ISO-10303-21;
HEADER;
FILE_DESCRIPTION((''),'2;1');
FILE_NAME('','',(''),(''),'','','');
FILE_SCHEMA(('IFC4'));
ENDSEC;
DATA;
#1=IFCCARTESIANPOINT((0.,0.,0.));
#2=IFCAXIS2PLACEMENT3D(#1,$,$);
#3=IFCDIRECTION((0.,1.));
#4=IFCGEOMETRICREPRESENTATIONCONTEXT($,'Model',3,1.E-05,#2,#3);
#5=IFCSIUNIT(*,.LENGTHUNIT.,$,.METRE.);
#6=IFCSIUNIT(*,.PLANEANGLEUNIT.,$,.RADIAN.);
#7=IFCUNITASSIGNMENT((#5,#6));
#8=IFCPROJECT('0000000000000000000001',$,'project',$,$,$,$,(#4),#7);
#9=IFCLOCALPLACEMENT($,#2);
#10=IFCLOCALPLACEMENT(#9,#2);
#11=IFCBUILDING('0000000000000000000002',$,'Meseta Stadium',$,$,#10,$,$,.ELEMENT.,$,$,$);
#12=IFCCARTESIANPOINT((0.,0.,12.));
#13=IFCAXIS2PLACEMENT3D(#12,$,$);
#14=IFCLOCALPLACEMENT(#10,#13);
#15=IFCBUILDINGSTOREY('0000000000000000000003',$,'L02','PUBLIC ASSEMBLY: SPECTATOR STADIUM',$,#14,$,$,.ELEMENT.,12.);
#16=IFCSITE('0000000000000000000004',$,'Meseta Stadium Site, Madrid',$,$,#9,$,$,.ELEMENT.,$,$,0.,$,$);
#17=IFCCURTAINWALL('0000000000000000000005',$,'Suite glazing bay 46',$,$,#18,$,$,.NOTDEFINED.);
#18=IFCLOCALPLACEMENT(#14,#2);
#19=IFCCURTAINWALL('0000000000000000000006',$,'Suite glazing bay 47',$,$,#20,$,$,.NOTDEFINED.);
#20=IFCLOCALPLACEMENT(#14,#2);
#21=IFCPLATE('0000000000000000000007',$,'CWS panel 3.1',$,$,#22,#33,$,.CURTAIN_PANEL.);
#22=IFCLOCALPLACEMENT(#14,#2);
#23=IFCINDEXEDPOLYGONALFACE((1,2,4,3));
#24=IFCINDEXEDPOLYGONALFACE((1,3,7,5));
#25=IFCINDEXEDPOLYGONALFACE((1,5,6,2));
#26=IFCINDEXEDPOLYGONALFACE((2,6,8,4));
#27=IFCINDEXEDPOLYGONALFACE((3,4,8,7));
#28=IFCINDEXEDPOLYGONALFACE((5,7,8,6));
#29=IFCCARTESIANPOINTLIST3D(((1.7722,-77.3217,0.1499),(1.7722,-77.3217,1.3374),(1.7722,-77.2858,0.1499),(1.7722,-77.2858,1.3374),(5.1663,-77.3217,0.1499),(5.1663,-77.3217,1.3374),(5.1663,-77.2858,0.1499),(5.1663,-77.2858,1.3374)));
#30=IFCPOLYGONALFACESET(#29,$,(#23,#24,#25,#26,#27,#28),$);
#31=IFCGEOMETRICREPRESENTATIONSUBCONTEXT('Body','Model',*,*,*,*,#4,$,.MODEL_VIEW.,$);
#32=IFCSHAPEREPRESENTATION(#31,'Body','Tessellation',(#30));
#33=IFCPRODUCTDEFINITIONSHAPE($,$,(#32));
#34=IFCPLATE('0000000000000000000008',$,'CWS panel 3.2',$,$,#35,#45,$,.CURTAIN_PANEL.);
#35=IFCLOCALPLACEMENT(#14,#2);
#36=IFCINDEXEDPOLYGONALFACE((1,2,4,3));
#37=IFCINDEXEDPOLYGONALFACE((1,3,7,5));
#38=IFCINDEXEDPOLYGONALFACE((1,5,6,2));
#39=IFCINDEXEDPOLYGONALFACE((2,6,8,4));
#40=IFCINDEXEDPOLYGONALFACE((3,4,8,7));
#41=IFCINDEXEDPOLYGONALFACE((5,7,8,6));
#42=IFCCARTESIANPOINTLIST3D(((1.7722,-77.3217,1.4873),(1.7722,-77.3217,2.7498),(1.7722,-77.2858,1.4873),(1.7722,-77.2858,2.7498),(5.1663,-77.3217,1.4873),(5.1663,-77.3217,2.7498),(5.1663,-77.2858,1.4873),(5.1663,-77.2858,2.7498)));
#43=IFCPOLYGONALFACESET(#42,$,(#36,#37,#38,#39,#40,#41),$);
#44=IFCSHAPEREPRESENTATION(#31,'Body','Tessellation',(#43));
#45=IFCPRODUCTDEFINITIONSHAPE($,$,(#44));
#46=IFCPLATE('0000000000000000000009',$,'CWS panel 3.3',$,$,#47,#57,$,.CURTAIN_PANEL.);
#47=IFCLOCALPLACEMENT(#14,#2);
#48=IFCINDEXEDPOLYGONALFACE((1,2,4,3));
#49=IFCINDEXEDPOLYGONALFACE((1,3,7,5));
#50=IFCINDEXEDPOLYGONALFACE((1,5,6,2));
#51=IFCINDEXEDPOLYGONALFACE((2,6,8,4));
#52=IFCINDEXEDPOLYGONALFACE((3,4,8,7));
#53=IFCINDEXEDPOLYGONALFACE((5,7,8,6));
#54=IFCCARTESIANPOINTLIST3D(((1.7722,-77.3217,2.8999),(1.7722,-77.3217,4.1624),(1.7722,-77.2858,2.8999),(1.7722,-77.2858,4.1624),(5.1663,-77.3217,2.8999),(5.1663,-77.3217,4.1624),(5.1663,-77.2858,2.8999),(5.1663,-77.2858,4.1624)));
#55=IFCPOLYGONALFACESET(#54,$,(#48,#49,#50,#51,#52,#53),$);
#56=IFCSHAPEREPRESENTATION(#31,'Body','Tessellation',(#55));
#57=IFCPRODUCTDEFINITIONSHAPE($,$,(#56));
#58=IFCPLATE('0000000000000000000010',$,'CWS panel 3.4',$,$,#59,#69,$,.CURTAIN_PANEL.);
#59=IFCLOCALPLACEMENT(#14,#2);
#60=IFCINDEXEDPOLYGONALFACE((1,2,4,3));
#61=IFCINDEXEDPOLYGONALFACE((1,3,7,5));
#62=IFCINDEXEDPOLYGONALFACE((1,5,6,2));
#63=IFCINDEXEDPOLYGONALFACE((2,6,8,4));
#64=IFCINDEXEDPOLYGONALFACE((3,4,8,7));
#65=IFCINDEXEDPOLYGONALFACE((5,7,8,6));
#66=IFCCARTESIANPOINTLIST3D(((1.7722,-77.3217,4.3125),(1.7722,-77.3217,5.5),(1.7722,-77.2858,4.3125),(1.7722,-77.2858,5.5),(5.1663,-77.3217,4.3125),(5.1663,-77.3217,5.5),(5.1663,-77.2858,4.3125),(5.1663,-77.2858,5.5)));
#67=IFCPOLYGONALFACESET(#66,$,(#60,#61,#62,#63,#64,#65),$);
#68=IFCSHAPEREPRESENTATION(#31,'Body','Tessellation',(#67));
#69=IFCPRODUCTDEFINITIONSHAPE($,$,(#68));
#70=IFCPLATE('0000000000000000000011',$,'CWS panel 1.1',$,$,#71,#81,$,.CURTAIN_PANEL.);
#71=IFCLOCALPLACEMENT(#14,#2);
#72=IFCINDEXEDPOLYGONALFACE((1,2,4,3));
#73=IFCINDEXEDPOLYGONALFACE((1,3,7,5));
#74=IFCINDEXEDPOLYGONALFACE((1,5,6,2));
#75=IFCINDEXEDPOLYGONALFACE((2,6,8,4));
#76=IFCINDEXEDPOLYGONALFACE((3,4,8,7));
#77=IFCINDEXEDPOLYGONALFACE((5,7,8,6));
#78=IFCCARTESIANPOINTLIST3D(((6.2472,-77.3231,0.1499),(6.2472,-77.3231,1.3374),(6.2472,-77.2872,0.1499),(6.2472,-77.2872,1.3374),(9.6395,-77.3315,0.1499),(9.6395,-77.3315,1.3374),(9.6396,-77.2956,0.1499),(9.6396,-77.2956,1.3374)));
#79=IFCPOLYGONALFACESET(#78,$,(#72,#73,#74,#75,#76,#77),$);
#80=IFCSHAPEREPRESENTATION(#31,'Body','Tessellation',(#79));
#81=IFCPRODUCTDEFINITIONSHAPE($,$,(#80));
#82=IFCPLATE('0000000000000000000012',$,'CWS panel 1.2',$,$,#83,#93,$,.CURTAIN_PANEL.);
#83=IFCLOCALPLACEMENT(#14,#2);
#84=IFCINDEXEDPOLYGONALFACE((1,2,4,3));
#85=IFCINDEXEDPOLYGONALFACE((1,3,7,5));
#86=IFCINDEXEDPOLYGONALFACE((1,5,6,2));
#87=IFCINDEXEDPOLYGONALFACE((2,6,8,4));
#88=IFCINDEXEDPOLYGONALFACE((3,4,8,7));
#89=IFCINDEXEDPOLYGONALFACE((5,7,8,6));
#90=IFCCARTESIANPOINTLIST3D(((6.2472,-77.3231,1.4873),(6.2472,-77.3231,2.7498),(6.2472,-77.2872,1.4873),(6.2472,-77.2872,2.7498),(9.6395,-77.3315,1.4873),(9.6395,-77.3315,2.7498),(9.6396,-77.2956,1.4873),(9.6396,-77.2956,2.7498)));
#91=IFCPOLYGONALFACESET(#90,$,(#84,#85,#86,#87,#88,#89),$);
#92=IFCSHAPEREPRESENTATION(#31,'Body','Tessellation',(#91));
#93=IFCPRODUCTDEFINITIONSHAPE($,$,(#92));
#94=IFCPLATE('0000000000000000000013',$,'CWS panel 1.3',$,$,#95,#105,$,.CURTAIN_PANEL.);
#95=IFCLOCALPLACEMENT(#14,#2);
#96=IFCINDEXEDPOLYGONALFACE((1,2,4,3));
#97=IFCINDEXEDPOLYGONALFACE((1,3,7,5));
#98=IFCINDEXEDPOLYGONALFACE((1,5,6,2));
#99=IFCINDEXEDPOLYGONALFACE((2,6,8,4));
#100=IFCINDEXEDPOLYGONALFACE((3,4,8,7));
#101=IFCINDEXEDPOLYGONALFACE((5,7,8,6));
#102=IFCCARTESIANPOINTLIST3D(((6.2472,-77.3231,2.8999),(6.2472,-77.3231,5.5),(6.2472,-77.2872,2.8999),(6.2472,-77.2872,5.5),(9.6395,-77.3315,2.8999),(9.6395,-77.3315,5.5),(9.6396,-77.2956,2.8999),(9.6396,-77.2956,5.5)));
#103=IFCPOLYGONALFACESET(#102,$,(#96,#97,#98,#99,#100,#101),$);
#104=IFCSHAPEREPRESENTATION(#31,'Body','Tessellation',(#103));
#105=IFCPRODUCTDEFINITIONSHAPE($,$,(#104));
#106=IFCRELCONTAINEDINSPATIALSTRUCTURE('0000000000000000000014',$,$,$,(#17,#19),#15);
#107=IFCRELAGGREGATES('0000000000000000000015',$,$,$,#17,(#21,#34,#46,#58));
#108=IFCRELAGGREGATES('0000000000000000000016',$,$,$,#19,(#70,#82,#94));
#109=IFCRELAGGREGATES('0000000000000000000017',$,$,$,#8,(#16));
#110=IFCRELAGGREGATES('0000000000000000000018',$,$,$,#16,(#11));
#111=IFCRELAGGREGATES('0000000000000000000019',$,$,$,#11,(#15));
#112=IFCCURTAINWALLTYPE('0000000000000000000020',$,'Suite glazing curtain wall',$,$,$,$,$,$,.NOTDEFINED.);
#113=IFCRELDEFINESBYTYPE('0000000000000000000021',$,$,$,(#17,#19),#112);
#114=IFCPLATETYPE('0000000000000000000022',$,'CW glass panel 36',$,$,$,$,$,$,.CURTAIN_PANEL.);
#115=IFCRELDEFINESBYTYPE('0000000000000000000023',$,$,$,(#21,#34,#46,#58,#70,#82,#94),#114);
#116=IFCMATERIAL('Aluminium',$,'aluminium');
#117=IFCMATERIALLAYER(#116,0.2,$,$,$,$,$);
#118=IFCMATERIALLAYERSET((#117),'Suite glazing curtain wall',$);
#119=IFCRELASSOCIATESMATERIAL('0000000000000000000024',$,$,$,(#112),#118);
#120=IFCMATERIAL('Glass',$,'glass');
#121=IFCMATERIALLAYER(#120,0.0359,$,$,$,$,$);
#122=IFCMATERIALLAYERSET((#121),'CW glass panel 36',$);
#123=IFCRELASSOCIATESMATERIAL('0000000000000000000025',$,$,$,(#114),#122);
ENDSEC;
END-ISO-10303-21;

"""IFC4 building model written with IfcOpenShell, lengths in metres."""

from ifc_helpers import new_model, si_unit, direction, frame, origin, origin_2d, place, context, subcontext, project, spatial, rectangle, extrude, material, layer, layer_set, type_object, element, aggregate, save


model = new_model("IFC4")

# Units and contexts
model_context = context("Model", 3, precision=1e-05, world=origin(), true_north=direction((0.0, 1.0)))
body_context = subcontext(model_context, "Body", "Model", "MODEL_VIEW")
ifc_project = project(units=[si_unit("LENGTHUNIT", "METRE"), si_unit("PLANEANGLEUNIT", "RADIAN")], contexts=[model_context])

# Site, building, storey
site_placement = place(None, origin())
site = spatial("IfcSite", under=ifc_project, at=site_placement, Name="Meseta Stadium Site, Madrid", CompositionType="ELEMENT", RefElevation=0.0)
building_placement = place(site_placement, origin())
building = spatial("IfcBuilding", under=site, at=building_placement, Name="Meseta Stadium", CompositionType="ELEMENT")
storey_placement = place(building_placement, frame((0.0, 0.0, 12.0)))
storey = spatial("IfcBuildingStorey", under=building, at=storey_placement, Name="L02", Description="PUBLIC ASSEMBLY: SPECTATOR STADIUM", CompositionType="ELEMENT", Elevation=12.0)

# Curtain walls
ifc_material_1 = material(Name="Aluminium", Category="aluminium")
ifc_layer_1 = layer(ifc_material_1, 0.2)
ifc_layer_set_1 = layer_set([ifc_layer_1], Name="Suite glazing curtain wall")
curtain_wall_type = type_object("IfcCurtainWallType", Name="Suite glazing curtain wall", PredefinedType="NOTDEFINED", material=ifc_layer_set_1)
curtain_wall_1_placement = place(storey_placement, origin())
curtain_wall_1 = element("IfcCurtainWall", 1, at=curtain_wall_1_placement, inside=storey, type_object=curtain_wall_type, Name="Suite glazing bay 46", PredefinedType="NOTDEFINED")
curtain_wall_2_placement = place(storey_placement, origin())
curtain_wall_2 = element("IfcCurtainWall", 2, at=curtain_wall_2_placement, inside=storey, type_object=curtain_wall_type, Name="Suite glazing bay 47", PredefinedType="NOTDEFINED")

# Plates
ifc_material_2 = material(Name="Glass", Category="glass")
ifc_layer_2 = layer(ifc_material_2, 0.0359)
ifc_layer_set_2 = layer_set([ifc_layer_2], Name="CW glass panel 36")
plate_type = type_object("IfcPlateType", Name="CW glass panel 36", PredefinedType="CURTAIN_PANEL", material=ifc_layer_set_2)
plate_1_placement = place(storey_placement, frame((3.4692, -77.3037, 0.1499), z_axis=(0.0, 0.0, 1.0), x_axis=(1.0, 0.0, 0.0)))
plate_1 = element("IfcPlate", 3, at=plate_1_placement, type_object=plate_type, Name="CWS panel 3.1", PredefinedType="CURTAIN_PANEL", context=body_context, shape_type="SweptSolid", body=[
    extrude(rectangle(XDim=3.394, YDim=0.0359, at=origin_2d()), origin(), (0.0, 0.0, 1.0), 1.1875),
])
plate_2_placement = place(storey_placement, frame((3.4692, -77.3037, 1.4873), z_axis=(0.0, 0.0, 1.0), x_axis=(1.0, 0.0, 0.0)))
plate_2 = element("IfcPlate", 4, at=plate_2_placement, type_object=plate_type, Name="CWS panel 3.2", PredefinedType="CURTAIN_PANEL", context=body_context, shape_type="SweptSolid", body=[
    extrude(rectangle(XDim=3.394, YDim=0.0359, at=origin_2d()), origin(), (0.0, 0.0, 1.0), 1.2625),
])
plate_3_placement = place(storey_placement, frame((3.4692, -77.3037, 2.8999), z_axis=(0.0, 0.0, 1.0), x_axis=(1.0, 0.0, 0.0)))
plate_3 = element("IfcPlate", 5, at=plate_3_placement, type_object=plate_type, Name="CWS panel 3.3", PredefinedType="CURTAIN_PANEL", context=body_context, shape_type="SweptSolid", body=[
    extrude(rectangle(XDim=3.394, YDim=0.0359, at=origin_2d()), origin(), (0.0, 0.0, 1.0), 1.2625),
])
plate_4_placement = place(storey_placement, frame((3.4692, -77.3037, 4.3125), z_axis=(0.0, 0.0, 1.0), x_axis=(1.0, 0.0, 0.0)))
plate_4 = element("IfcPlate", 6, at=plate_4_placement, type_object=plate_type, Name="CWS panel 3.4", PredefinedType="CURTAIN_PANEL", context=body_context, shape_type="SweptSolid", body=[
    extrude(rectangle(XDim=3.394, YDim=0.0359, at=origin_2d()), origin(), (0.0, 0.0, 1.0), 1.1875),
])
aggregate(curtain_wall_1, [plate_1, plate_2, plate_3, plate_4])
plate_5_placement = place(storey_placement, frame((7.9434, -77.3093, 0.1499), z_axis=(0.0, 0.0, 1.0), x_axis=(0.999997, -0.002486, 0.0)))
plate_5 = element("IfcPlate", 7, at=plate_5_placement, type_object=plate_type, Name="CWS panel 1.1", PredefinedType="CURTAIN_PANEL", context=body_context, shape_type="SweptSolid", body=[
    extrude(rectangle(XDim=3.3923, YDim=0.0359, at=origin_2d()), origin(), (0.0, 0.0, 1.0), 1.1875),
])
plate_6_placement = place(storey_placement, frame((7.9434, -77.3093, 1.4873), z_axis=(0.0, 0.0, 1.0), x_axis=(0.999997, -0.002486, 0.0)))
plate_6 = element("IfcPlate", 8, at=plate_6_placement, type_object=plate_type, Name="CWS panel 1.2", PredefinedType="CURTAIN_PANEL", context=body_context, shape_type="SweptSolid", body=[
    extrude(rectangle(XDim=3.3923, YDim=0.0359, at=origin_2d()), origin(), (0.0, 0.0, 1.0), 1.2625),
])
plate_7_placement = place(storey_placement, frame((7.9434, -77.3093, 2.8999), z_axis=(0.0, 0.0, 1.0), x_axis=(0.999997, -0.002486, 0.0)))
plate_7 = element("IfcPlate", 9, at=plate_7_placement, type_object=plate_type, Name="CWS panel 1.3", PredefinedType="CURTAIN_PANEL", context=body_context, shape_type="SweptSolid", body=[
    extrude(rectangle(XDim=3.3923, YDim=0.0359, at=origin_2d()), origin(), (0.0, 0.0, 1.0), 2.6001),
])
aggregate(curtain_wall_2, [plate_5, plate_6, plate_7])

save(model, "model.ifc")
